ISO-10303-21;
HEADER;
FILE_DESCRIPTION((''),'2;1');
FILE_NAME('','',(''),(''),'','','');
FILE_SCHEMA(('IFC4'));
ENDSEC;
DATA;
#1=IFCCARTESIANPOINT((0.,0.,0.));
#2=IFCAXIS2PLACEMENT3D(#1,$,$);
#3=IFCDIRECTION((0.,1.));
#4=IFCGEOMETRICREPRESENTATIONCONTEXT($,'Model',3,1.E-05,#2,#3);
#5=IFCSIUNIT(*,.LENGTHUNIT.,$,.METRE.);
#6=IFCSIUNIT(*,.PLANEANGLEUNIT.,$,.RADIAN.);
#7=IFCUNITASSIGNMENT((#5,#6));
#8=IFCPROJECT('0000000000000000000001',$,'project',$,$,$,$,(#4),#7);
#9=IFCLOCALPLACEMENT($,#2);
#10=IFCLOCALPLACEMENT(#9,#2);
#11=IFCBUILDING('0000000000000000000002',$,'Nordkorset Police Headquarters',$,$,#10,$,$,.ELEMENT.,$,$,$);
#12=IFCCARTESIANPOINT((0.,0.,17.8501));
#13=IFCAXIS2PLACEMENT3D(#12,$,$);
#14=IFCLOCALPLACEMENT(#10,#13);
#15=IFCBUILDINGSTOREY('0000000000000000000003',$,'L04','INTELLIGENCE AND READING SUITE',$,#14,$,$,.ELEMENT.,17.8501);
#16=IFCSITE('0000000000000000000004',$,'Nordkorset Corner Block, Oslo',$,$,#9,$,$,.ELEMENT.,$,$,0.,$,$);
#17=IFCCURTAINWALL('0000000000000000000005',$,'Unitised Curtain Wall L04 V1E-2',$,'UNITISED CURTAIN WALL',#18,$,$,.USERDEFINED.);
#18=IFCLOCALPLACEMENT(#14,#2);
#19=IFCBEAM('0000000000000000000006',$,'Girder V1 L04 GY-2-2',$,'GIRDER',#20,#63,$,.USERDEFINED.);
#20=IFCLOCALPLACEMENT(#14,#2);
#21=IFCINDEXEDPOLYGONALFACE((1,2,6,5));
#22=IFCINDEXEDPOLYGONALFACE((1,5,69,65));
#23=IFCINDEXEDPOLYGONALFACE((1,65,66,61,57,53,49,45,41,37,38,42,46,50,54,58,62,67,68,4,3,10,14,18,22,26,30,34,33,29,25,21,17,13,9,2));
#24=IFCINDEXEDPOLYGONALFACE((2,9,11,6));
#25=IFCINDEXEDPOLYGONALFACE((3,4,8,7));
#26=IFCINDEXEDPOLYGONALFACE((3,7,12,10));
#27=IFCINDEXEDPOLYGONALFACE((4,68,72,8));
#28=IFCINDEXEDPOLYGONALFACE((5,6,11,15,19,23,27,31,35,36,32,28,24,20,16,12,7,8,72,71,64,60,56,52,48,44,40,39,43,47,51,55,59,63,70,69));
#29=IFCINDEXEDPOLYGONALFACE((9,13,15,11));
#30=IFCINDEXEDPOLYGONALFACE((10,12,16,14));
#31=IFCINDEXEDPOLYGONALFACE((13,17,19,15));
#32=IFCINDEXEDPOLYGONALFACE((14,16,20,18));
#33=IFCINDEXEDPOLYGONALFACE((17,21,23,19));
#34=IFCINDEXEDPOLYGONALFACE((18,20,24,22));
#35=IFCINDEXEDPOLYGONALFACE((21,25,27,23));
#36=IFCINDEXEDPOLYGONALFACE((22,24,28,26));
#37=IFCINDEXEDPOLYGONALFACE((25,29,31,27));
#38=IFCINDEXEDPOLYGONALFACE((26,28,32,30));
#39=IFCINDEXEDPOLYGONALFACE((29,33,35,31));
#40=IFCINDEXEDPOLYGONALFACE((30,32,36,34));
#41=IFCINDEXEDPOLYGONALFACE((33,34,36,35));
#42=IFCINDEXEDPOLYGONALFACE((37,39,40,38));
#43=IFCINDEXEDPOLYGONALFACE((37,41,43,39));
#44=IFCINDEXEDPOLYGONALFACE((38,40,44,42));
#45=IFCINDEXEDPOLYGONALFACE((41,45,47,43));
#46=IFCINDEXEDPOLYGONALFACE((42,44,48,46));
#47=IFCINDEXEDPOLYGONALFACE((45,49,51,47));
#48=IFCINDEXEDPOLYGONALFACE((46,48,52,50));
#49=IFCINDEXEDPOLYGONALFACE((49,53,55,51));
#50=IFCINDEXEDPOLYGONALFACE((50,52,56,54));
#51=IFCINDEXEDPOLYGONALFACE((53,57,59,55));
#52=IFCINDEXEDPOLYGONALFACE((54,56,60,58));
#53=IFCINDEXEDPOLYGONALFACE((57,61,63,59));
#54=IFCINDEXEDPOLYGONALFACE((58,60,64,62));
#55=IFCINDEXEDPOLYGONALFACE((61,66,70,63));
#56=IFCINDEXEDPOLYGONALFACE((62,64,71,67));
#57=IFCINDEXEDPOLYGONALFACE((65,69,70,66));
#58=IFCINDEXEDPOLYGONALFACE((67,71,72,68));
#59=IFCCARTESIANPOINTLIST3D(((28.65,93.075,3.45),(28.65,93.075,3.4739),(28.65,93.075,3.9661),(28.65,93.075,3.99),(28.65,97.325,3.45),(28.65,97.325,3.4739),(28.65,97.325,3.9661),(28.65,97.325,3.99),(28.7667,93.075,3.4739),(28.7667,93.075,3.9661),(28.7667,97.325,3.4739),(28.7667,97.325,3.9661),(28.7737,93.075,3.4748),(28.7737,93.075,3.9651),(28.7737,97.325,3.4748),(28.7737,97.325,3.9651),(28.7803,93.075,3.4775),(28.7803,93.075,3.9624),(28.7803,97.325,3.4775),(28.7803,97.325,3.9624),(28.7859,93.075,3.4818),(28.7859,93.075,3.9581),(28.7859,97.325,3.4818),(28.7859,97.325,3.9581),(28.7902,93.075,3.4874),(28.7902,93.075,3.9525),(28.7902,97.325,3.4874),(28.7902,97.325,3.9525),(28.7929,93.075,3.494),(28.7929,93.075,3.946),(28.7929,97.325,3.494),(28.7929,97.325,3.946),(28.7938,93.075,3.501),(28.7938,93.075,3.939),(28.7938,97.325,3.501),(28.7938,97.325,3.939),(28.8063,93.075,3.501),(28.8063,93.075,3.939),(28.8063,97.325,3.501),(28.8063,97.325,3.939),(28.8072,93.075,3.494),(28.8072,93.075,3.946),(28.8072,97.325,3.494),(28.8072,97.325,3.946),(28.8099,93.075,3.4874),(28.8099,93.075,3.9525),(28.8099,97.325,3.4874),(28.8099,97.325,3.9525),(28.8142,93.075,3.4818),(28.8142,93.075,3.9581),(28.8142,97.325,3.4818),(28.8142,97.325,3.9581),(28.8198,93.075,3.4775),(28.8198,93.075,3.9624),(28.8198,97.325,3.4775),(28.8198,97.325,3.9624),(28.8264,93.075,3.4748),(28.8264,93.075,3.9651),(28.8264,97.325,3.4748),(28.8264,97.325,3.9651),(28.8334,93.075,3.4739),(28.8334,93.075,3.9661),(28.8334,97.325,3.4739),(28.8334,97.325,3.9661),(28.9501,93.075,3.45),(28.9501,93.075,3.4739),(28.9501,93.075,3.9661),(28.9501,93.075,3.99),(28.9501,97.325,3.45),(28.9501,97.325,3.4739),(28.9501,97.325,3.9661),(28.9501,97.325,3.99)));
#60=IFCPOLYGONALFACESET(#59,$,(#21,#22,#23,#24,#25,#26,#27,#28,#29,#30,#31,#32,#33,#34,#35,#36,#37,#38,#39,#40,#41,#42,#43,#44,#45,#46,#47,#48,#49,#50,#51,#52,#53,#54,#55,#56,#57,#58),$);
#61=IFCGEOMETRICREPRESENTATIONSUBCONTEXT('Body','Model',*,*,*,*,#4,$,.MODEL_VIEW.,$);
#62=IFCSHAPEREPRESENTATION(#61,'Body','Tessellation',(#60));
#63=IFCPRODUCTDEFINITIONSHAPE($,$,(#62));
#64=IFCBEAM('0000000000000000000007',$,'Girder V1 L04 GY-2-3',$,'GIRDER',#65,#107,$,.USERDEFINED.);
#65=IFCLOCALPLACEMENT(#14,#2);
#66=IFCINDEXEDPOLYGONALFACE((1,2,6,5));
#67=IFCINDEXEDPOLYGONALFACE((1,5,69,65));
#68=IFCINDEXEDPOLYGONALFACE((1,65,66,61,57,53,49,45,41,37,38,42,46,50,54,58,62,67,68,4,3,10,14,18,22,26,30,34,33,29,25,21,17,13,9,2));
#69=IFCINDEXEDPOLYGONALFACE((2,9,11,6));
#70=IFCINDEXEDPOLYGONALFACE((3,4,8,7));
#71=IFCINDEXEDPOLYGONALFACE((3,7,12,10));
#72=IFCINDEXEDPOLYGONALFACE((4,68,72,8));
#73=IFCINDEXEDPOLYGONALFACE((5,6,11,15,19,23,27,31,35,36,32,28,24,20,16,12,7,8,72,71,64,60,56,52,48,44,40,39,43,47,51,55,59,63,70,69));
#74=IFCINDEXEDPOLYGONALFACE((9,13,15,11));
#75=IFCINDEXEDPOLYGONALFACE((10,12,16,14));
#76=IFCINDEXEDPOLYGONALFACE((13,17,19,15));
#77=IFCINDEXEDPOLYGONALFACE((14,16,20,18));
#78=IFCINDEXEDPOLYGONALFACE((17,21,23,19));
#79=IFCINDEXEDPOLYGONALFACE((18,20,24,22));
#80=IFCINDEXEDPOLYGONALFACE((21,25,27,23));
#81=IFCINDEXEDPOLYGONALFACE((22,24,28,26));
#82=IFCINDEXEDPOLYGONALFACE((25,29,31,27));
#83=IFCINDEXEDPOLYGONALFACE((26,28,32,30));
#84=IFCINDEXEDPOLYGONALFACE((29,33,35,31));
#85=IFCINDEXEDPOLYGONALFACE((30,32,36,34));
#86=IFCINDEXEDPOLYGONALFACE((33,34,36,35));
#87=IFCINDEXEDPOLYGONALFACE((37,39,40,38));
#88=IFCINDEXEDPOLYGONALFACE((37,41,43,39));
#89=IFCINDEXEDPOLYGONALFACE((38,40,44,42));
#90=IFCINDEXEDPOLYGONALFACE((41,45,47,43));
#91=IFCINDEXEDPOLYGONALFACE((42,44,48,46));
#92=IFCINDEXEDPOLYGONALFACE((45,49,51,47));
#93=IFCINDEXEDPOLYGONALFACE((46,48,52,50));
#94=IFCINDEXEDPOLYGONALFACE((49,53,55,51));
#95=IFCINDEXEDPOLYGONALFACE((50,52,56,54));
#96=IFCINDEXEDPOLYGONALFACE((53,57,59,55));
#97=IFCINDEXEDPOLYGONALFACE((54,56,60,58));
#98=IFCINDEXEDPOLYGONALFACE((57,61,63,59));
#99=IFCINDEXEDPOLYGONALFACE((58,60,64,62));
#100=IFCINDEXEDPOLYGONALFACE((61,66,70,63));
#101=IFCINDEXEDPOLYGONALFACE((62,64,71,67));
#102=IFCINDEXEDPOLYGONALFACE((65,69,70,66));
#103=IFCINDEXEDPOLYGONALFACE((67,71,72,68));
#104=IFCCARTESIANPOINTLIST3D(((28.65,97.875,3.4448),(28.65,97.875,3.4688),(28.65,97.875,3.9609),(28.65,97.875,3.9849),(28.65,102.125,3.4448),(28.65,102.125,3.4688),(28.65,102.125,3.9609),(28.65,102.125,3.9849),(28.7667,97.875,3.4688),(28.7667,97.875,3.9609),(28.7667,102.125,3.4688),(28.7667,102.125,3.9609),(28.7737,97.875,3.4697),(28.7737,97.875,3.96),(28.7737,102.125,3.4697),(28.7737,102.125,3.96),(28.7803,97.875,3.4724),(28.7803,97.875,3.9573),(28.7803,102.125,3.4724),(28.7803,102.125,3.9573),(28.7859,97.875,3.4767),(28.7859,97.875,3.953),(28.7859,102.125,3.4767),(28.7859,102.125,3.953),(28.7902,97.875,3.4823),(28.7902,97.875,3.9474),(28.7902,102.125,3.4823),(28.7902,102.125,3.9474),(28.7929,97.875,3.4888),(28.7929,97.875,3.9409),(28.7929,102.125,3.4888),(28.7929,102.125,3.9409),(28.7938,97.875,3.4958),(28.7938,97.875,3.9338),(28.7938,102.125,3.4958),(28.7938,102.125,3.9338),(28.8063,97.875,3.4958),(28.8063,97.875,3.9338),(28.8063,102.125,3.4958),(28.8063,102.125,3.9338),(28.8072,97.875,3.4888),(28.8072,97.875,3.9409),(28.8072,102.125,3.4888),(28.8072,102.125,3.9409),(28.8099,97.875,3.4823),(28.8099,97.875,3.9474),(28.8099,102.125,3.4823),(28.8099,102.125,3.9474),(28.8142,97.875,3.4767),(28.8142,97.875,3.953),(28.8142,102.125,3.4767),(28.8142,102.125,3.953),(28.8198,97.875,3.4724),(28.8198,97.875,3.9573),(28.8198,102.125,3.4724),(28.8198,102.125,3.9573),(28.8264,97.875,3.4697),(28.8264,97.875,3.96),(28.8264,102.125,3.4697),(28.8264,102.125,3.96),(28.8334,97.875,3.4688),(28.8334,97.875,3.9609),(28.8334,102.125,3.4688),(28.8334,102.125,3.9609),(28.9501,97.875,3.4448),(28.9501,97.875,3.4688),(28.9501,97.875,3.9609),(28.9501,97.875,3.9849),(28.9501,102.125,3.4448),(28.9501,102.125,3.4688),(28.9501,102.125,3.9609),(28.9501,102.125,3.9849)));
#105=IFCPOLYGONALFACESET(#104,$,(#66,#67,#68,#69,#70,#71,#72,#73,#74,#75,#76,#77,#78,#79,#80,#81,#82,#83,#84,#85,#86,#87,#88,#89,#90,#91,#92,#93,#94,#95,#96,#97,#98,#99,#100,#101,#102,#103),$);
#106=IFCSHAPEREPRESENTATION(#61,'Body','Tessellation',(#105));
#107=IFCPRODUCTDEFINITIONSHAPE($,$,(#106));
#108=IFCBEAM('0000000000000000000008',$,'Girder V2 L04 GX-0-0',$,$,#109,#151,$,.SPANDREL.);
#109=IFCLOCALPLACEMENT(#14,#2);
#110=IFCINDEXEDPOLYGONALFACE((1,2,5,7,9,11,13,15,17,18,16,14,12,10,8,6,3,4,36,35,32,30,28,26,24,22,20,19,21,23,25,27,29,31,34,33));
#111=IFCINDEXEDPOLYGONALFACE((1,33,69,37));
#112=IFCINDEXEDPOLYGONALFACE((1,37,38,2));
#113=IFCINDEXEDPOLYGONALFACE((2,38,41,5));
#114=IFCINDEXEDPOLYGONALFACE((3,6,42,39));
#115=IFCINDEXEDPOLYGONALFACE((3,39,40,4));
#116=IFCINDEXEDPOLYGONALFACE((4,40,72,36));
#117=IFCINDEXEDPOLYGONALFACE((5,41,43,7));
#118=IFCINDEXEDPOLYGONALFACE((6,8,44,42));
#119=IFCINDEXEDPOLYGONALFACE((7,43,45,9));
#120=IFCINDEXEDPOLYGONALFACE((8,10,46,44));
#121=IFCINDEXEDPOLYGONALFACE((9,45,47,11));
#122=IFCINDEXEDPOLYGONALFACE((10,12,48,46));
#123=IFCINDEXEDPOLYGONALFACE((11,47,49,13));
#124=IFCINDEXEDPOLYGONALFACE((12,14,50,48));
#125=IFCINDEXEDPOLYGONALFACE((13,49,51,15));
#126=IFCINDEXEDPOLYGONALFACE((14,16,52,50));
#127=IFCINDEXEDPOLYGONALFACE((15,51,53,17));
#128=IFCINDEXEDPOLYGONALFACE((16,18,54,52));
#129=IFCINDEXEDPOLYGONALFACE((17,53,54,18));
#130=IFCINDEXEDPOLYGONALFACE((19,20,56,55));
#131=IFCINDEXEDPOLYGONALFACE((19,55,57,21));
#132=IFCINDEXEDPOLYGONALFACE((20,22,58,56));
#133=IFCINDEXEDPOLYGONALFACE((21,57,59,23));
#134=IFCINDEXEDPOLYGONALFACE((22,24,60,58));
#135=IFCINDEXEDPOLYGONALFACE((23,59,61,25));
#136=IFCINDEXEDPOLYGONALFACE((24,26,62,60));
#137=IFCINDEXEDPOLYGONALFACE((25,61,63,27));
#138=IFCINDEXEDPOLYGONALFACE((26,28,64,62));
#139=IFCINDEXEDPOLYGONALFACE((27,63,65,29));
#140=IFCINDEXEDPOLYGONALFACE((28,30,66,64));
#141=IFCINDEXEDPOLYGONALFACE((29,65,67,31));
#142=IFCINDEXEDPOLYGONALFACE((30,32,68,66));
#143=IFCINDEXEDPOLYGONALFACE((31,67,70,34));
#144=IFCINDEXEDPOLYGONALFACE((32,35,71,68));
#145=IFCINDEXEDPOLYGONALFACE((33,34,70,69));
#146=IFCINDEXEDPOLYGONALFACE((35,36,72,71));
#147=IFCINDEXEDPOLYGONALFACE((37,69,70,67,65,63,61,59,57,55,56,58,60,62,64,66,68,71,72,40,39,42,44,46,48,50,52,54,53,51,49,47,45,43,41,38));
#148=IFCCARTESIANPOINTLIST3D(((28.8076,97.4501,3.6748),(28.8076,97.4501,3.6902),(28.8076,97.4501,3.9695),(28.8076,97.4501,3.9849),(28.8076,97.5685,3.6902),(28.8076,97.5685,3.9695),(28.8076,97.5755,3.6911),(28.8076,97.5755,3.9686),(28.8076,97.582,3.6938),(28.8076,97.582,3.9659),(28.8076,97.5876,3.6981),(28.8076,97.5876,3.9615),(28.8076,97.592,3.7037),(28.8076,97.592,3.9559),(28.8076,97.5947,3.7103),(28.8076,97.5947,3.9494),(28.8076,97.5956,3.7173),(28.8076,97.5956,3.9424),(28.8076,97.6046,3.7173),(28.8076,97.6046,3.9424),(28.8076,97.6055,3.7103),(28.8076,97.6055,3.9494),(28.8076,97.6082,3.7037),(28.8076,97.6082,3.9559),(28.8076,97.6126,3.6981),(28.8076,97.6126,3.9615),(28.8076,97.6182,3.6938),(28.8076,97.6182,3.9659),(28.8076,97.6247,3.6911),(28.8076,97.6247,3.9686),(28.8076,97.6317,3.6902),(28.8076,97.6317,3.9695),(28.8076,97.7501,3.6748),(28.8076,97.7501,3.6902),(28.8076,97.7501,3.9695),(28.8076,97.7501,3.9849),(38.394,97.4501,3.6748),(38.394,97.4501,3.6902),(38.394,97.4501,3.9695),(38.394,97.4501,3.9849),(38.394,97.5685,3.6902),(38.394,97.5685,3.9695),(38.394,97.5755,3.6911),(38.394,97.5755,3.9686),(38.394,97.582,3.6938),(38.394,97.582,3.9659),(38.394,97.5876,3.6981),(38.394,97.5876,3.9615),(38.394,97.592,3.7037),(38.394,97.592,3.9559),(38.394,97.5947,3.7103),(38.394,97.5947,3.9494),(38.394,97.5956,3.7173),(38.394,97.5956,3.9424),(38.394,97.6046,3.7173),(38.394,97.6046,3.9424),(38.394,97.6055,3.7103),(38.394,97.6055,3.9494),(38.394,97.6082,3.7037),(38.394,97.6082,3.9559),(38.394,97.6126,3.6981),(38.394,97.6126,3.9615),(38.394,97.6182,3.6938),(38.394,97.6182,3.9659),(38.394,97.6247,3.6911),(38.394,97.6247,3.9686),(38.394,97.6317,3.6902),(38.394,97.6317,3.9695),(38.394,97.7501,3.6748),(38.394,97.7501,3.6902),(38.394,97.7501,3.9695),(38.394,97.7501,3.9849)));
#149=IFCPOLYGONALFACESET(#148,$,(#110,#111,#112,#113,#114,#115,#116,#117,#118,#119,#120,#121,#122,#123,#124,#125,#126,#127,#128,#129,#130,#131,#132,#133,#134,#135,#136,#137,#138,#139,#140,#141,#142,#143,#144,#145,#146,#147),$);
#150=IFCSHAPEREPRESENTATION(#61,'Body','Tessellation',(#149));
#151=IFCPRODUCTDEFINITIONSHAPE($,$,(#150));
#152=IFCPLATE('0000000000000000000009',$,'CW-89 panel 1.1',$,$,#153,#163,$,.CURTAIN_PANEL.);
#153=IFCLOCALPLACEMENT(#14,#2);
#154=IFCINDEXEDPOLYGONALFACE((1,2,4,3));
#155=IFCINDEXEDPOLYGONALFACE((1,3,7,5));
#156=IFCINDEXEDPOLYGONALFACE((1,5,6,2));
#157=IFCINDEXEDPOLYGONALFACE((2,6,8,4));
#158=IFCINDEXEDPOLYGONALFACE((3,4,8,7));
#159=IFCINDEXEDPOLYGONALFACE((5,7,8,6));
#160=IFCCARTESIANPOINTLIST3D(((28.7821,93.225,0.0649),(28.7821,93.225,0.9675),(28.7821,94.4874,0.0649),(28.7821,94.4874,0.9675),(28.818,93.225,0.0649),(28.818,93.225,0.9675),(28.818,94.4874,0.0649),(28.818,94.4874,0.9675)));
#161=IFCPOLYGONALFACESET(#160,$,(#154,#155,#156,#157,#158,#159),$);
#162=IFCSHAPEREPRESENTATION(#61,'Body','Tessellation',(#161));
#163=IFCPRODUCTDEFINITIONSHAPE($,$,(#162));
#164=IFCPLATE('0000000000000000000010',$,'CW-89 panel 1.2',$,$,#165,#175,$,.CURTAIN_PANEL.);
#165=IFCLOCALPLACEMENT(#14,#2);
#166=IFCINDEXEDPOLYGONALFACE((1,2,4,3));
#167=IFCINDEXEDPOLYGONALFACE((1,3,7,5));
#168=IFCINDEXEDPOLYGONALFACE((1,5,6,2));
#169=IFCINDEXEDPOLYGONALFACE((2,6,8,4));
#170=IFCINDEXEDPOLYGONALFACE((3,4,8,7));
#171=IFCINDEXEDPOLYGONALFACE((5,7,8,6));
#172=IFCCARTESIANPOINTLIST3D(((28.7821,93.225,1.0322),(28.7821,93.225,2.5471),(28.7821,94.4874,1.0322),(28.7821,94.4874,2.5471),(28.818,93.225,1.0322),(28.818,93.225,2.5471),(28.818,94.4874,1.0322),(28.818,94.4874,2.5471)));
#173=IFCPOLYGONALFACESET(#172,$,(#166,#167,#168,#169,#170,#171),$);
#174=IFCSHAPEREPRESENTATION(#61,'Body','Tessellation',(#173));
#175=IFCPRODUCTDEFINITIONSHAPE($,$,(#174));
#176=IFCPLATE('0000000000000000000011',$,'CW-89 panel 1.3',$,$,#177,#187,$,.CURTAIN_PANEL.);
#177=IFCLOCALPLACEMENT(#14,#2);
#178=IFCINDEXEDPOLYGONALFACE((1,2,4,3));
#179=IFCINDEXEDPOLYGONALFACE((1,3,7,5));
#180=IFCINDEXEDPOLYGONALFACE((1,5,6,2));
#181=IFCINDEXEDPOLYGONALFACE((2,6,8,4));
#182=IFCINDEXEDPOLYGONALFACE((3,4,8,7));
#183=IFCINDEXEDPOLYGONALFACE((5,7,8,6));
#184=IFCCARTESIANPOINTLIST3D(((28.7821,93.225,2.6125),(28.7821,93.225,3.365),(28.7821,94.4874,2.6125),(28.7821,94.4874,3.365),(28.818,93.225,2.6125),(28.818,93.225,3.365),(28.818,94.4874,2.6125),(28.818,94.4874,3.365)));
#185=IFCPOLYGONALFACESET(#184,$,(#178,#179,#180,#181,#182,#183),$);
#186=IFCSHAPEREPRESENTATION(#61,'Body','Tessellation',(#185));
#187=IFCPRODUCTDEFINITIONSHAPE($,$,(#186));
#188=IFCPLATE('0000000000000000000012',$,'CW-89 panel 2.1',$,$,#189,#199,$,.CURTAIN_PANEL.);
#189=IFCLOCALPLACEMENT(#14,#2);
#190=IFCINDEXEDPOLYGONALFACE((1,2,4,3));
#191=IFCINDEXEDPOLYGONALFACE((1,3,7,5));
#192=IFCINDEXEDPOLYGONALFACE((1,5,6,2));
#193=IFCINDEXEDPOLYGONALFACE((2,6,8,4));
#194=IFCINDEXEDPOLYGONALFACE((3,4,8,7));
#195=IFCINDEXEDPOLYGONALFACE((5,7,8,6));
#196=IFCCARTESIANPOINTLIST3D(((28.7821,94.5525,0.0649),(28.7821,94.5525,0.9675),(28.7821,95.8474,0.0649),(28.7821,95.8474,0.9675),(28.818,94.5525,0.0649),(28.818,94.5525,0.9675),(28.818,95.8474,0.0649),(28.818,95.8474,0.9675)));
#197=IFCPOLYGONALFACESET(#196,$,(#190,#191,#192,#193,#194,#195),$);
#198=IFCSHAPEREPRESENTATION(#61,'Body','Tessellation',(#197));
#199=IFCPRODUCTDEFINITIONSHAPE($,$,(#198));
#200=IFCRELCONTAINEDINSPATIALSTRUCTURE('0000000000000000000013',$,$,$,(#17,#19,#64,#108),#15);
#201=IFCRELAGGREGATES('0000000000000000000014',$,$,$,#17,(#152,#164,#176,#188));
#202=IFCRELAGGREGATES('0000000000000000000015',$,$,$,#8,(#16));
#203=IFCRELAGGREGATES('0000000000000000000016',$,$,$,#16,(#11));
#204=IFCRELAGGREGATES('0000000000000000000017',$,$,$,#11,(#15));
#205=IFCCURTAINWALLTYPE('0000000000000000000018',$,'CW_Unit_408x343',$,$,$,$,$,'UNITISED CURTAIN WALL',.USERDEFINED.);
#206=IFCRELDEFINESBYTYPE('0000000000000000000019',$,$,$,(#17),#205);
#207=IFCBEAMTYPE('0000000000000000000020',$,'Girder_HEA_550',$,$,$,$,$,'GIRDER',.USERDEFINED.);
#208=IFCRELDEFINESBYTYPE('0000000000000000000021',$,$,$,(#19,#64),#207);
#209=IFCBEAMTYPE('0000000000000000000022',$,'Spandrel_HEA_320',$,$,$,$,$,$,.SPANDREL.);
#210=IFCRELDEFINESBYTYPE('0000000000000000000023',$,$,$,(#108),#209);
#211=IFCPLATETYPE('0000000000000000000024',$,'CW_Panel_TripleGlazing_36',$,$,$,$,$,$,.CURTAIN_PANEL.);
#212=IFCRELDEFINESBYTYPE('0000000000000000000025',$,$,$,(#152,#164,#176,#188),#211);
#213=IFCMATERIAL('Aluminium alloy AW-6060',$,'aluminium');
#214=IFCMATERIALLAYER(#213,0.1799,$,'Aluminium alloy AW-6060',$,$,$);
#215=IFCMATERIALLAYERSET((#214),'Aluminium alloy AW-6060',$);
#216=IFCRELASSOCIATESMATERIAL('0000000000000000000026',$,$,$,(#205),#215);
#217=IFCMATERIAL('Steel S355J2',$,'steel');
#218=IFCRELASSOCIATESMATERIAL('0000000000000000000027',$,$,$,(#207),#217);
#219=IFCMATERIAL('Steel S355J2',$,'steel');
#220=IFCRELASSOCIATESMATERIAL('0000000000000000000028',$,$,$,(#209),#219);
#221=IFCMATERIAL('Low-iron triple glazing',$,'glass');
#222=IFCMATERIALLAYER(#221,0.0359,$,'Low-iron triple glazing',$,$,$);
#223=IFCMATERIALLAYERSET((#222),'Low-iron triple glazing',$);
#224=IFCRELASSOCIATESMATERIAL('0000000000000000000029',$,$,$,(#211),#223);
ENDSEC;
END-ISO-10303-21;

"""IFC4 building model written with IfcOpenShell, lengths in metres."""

from ifc_helpers import new_model, si_unit, direction, frame, origin, origin_2d, place, context, subcontext, project, spatial, rectangle, i_section, extrude, material, layer, layer_set, material_profile, profile_set, type_object, element, aggregate, save


model = new_model("IFC4")

# Units and contexts
model_context = context("Model", 3, precision=1e-05, world=origin(), true_north=direction((0.0, 1.0)))
body_context = subcontext(model_context, "Body", "Model", "MODEL_VIEW")
ifc_project = project(units=[si_unit("LENGTHUNIT", "METRE"), si_unit("PLANEANGLEUNIT", "RADIAN")], contexts=[model_context])

# Site, building, storey
site_placement = place(None, origin())
site = spatial("IfcSite", under=ifc_project, at=site_placement, Name="Nordkorset Corner Block, Oslo", CompositionType="ELEMENT", RefElevation=0.0)
building_placement = place(site_placement, origin())
building = spatial("IfcBuilding", under=site, at=building_placement, Name="Nordkorset Police Headquarters", CompositionType="ELEMENT")
storey_placement = place(building_placement, frame((0.0, 0.0, 17.8501)))
storey = spatial("IfcBuildingStorey", under=building, at=storey_placement, Name="L04", Description="INTELLIGENCE AND READING SUITE", CompositionType="ELEMENT", Elevation=17.8501)

# Curtain wall
ifc_material_1 = material(Name="Aluminium alloy AW-6060", Category="aluminium")
ifc_layer_1 = layer(ifc_material_1, 0.1799, Name="Aluminium alloy AW-6060")
ifc_layer_set_1 = layer_set([ifc_layer_1], Name="Aluminium alloy AW-6060")
curtain_wall_type_1 = type_object("IfcCurtainWallType", Name="CW_Unit_408x343", ElementType="UNITISED CURTAIN WALL", PredefinedType="USERDEFINED", material=ifc_layer_set_1)
curtain_wall_1_placement = place(storey_placement, origin())
curtain_wall_1 = element("IfcCurtainWall", 1, at=curtain_wall_1_placement, inside=storey, type_object=curtain_wall_type_1, Name="Unitised Curtain Wall L04 V1E-2", ObjectType="UNITISED CURTAIN WALL", PredefinedType="USERDEFINED")

# Beams
ifc_material_2 = material(Name="Steel S355J2", Category="steel")
ifc_material_profile_1 = material_profile(ifc_material_2, i_section(OverallWidth=0.3, OverallDepth=0.54, WebThickness=0.0125, FlangeThickness=0.0239, FilletRadius=0.0271, at=origin_2d()), Name="HEA 550")
ifc_profile_set_1 = profile_set([ifc_material_profile_1], Name="Steel S355J2")
beam_type_1 = type_object("IfcBeamType", Name="Girder_HEA_550", ElementType="GIRDER", PredefinedType="USERDEFINED", material=ifc_profile_set_1)
for number, where, z_axis, x_axis, name in (
    (2, (28.8, 93.075, 3.72), (0.0, 1.0, 0.0), (-1.0, 0.0, 0.0), "Girder V1 L04 GY-2-2"),
    (3, (28.8, 97.875, 3.7148), (0.0, 1.0, 0.0), (-1.0, 0.0, 0.0), "Girder V1 L04 GY-2-3"),
):
    element("IfcBeam", number, at=place(storey_placement, frame(where, z_axis=z_axis, x_axis=x_axis)), inside=storey, type_object=beam_type_1, Name=name, ObjectType="GIRDER", PredefinedType="USERDEFINED", context=body_context, shape_type="SweptSolid", body=[
        extrude(i_section(OverallWidth=0.3, OverallDepth=0.54, WebThickness=0.0125, FlangeThickness=0.0239, FilletRadius=0.0271, at=origin_2d()), origin(), (0.0, 0.0, 1.0), 4.25),
    ])
ifc_material_3 = material(Name="Steel S355J2", Category="steel")
ifc_material_profile_2 = material_profile(ifc_material_3, i_section(OverallWidth=0.3, OverallDepth=0.3101, WebThickness=0.009, FlangeThickness=0.0154, FilletRadius=0.0271, at=origin_2d()), Name="HEA 320")
ifc_profile_set_2 = profile_set([ifc_material_profile_2], Name="Steel S355J2")
beam_type_2 = type_object("IfcBeamType", Name="Spandrel_HEA_320", PredefinedType="SPANDREL", material=ifc_profile_set_2)
beam_1_placement = place(storey_placement, frame((28.8076, 97.6001, 3.8298), z_axis=(1.0, 0.0, 0.0), x_axis=(0.0, 1.0, 0.0)))
element("IfcBeam", 4, at=beam_1_placement, inside=storey, type_object=beam_type_2, Name="Girder V2 L04 GX-0-0", PredefinedType="SPANDREL", context=body_context, shape_type="SweptSolid", body=[
    extrude(i_section(OverallWidth=0.3, OverallDepth=0.3101, WebThickness=0.009, FlangeThickness=0.0154, FilletRadius=0.0271, at=origin_2d()), origin(), (0.0, 0.0, 1.0), 9.5864),
])

# Plates
ifc_material_4 = material(Name="Low-iron triple glazing", Category="glass")
ifc_layer_2 = layer(ifc_material_4, 0.0359, Name="Low-iron triple glazing")
ifc_layer_set_2 = layer_set([ifc_layer_2], Name="Low-iron triple glazing")
plate_type = type_object("IfcPlateType", Name="CW_Panel_TripleGlazing_36", PredefinedType="CURTAIN_PANEL", material=ifc_layer_set_2)
plate_1_placement = place(storey_placement, frame((28.8, 93.8562, 0.0649), z_axis=(0.0, 0.0, 1.0), x_axis=(0.0, 1.0, 0.0)))
plate_1 = element("IfcPlate", 5, at=plate_1_placement, type_object=plate_type, Name="CW-89 panel 1.1", PredefinedType="CURTAIN_PANEL", context=body_context, shape_type="SweptSolid", body=[
    extrude(rectangle(XDim=1.2625, YDim=0.0359, at=origin_2d()), origin(), (0.0, 0.0, 1.0), 0.9026),
])
plate_2_placement = place(storey_placement, frame((28.8, 93.8562, 1.0322), z_axis=(0.0, 0.0, 1.0), x_axis=(0.0, 1.0, 0.0)))
plate_2 = element("IfcPlate", 6, at=plate_2_placement, type_object=plate_type, Name="CW-89 panel 1.2", PredefinedType="CURTAIN_PANEL", context=body_context, shape_type="SweptSolid", body=[
    extrude(rectangle(XDim=1.2625, YDim=0.0359, at=origin_2d()), origin(), (0.0, 0.0, 1.0), 1.5149),
])
plate_3_placement = place(storey_placement, frame((28.8, 93.8562, 2.6125), z_axis=(0.0, 0.0, 1.0), x_axis=(0.0, 1.0, 0.0)))
plate_3 = element("IfcPlate", 7, at=plate_3_placement, type_object=plate_type, Name="CW-89 panel 1.3", PredefinedType="CURTAIN_PANEL", context=body_context, shape_type="SweptSolid", body=[
    extrude(rectangle(XDim=1.2625, YDim=0.0359, at=origin_2d()), origin(), (0.0, 0.0, 1.0), 0.7524),
])
plate_4_placement = place(storey_placement, frame((28.8, 95.2, 0.0649), z_axis=(0.0, 0.0, 1.0), x_axis=(0.0, 1.0, 0.0)))
plate_4 = element("IfcPlate", 8, at=plate_4_placement, type_object=plate_type, Name="CW-89 panel 2.1", PredefinedType="CURTAIN_PANEL", context=body_context, shape_type="SweptSolid", body=[
    extrude(rectangle(XDim=1.2949, YDim=0.0359, at=origin_2d()), origin(), (0.0, 0.0, 1.0), 0.9026),
])
aggregate(curtain_wall_1, [plate_1, plate_2, plate_3, plate_4])

save(model, "model.ifc")
